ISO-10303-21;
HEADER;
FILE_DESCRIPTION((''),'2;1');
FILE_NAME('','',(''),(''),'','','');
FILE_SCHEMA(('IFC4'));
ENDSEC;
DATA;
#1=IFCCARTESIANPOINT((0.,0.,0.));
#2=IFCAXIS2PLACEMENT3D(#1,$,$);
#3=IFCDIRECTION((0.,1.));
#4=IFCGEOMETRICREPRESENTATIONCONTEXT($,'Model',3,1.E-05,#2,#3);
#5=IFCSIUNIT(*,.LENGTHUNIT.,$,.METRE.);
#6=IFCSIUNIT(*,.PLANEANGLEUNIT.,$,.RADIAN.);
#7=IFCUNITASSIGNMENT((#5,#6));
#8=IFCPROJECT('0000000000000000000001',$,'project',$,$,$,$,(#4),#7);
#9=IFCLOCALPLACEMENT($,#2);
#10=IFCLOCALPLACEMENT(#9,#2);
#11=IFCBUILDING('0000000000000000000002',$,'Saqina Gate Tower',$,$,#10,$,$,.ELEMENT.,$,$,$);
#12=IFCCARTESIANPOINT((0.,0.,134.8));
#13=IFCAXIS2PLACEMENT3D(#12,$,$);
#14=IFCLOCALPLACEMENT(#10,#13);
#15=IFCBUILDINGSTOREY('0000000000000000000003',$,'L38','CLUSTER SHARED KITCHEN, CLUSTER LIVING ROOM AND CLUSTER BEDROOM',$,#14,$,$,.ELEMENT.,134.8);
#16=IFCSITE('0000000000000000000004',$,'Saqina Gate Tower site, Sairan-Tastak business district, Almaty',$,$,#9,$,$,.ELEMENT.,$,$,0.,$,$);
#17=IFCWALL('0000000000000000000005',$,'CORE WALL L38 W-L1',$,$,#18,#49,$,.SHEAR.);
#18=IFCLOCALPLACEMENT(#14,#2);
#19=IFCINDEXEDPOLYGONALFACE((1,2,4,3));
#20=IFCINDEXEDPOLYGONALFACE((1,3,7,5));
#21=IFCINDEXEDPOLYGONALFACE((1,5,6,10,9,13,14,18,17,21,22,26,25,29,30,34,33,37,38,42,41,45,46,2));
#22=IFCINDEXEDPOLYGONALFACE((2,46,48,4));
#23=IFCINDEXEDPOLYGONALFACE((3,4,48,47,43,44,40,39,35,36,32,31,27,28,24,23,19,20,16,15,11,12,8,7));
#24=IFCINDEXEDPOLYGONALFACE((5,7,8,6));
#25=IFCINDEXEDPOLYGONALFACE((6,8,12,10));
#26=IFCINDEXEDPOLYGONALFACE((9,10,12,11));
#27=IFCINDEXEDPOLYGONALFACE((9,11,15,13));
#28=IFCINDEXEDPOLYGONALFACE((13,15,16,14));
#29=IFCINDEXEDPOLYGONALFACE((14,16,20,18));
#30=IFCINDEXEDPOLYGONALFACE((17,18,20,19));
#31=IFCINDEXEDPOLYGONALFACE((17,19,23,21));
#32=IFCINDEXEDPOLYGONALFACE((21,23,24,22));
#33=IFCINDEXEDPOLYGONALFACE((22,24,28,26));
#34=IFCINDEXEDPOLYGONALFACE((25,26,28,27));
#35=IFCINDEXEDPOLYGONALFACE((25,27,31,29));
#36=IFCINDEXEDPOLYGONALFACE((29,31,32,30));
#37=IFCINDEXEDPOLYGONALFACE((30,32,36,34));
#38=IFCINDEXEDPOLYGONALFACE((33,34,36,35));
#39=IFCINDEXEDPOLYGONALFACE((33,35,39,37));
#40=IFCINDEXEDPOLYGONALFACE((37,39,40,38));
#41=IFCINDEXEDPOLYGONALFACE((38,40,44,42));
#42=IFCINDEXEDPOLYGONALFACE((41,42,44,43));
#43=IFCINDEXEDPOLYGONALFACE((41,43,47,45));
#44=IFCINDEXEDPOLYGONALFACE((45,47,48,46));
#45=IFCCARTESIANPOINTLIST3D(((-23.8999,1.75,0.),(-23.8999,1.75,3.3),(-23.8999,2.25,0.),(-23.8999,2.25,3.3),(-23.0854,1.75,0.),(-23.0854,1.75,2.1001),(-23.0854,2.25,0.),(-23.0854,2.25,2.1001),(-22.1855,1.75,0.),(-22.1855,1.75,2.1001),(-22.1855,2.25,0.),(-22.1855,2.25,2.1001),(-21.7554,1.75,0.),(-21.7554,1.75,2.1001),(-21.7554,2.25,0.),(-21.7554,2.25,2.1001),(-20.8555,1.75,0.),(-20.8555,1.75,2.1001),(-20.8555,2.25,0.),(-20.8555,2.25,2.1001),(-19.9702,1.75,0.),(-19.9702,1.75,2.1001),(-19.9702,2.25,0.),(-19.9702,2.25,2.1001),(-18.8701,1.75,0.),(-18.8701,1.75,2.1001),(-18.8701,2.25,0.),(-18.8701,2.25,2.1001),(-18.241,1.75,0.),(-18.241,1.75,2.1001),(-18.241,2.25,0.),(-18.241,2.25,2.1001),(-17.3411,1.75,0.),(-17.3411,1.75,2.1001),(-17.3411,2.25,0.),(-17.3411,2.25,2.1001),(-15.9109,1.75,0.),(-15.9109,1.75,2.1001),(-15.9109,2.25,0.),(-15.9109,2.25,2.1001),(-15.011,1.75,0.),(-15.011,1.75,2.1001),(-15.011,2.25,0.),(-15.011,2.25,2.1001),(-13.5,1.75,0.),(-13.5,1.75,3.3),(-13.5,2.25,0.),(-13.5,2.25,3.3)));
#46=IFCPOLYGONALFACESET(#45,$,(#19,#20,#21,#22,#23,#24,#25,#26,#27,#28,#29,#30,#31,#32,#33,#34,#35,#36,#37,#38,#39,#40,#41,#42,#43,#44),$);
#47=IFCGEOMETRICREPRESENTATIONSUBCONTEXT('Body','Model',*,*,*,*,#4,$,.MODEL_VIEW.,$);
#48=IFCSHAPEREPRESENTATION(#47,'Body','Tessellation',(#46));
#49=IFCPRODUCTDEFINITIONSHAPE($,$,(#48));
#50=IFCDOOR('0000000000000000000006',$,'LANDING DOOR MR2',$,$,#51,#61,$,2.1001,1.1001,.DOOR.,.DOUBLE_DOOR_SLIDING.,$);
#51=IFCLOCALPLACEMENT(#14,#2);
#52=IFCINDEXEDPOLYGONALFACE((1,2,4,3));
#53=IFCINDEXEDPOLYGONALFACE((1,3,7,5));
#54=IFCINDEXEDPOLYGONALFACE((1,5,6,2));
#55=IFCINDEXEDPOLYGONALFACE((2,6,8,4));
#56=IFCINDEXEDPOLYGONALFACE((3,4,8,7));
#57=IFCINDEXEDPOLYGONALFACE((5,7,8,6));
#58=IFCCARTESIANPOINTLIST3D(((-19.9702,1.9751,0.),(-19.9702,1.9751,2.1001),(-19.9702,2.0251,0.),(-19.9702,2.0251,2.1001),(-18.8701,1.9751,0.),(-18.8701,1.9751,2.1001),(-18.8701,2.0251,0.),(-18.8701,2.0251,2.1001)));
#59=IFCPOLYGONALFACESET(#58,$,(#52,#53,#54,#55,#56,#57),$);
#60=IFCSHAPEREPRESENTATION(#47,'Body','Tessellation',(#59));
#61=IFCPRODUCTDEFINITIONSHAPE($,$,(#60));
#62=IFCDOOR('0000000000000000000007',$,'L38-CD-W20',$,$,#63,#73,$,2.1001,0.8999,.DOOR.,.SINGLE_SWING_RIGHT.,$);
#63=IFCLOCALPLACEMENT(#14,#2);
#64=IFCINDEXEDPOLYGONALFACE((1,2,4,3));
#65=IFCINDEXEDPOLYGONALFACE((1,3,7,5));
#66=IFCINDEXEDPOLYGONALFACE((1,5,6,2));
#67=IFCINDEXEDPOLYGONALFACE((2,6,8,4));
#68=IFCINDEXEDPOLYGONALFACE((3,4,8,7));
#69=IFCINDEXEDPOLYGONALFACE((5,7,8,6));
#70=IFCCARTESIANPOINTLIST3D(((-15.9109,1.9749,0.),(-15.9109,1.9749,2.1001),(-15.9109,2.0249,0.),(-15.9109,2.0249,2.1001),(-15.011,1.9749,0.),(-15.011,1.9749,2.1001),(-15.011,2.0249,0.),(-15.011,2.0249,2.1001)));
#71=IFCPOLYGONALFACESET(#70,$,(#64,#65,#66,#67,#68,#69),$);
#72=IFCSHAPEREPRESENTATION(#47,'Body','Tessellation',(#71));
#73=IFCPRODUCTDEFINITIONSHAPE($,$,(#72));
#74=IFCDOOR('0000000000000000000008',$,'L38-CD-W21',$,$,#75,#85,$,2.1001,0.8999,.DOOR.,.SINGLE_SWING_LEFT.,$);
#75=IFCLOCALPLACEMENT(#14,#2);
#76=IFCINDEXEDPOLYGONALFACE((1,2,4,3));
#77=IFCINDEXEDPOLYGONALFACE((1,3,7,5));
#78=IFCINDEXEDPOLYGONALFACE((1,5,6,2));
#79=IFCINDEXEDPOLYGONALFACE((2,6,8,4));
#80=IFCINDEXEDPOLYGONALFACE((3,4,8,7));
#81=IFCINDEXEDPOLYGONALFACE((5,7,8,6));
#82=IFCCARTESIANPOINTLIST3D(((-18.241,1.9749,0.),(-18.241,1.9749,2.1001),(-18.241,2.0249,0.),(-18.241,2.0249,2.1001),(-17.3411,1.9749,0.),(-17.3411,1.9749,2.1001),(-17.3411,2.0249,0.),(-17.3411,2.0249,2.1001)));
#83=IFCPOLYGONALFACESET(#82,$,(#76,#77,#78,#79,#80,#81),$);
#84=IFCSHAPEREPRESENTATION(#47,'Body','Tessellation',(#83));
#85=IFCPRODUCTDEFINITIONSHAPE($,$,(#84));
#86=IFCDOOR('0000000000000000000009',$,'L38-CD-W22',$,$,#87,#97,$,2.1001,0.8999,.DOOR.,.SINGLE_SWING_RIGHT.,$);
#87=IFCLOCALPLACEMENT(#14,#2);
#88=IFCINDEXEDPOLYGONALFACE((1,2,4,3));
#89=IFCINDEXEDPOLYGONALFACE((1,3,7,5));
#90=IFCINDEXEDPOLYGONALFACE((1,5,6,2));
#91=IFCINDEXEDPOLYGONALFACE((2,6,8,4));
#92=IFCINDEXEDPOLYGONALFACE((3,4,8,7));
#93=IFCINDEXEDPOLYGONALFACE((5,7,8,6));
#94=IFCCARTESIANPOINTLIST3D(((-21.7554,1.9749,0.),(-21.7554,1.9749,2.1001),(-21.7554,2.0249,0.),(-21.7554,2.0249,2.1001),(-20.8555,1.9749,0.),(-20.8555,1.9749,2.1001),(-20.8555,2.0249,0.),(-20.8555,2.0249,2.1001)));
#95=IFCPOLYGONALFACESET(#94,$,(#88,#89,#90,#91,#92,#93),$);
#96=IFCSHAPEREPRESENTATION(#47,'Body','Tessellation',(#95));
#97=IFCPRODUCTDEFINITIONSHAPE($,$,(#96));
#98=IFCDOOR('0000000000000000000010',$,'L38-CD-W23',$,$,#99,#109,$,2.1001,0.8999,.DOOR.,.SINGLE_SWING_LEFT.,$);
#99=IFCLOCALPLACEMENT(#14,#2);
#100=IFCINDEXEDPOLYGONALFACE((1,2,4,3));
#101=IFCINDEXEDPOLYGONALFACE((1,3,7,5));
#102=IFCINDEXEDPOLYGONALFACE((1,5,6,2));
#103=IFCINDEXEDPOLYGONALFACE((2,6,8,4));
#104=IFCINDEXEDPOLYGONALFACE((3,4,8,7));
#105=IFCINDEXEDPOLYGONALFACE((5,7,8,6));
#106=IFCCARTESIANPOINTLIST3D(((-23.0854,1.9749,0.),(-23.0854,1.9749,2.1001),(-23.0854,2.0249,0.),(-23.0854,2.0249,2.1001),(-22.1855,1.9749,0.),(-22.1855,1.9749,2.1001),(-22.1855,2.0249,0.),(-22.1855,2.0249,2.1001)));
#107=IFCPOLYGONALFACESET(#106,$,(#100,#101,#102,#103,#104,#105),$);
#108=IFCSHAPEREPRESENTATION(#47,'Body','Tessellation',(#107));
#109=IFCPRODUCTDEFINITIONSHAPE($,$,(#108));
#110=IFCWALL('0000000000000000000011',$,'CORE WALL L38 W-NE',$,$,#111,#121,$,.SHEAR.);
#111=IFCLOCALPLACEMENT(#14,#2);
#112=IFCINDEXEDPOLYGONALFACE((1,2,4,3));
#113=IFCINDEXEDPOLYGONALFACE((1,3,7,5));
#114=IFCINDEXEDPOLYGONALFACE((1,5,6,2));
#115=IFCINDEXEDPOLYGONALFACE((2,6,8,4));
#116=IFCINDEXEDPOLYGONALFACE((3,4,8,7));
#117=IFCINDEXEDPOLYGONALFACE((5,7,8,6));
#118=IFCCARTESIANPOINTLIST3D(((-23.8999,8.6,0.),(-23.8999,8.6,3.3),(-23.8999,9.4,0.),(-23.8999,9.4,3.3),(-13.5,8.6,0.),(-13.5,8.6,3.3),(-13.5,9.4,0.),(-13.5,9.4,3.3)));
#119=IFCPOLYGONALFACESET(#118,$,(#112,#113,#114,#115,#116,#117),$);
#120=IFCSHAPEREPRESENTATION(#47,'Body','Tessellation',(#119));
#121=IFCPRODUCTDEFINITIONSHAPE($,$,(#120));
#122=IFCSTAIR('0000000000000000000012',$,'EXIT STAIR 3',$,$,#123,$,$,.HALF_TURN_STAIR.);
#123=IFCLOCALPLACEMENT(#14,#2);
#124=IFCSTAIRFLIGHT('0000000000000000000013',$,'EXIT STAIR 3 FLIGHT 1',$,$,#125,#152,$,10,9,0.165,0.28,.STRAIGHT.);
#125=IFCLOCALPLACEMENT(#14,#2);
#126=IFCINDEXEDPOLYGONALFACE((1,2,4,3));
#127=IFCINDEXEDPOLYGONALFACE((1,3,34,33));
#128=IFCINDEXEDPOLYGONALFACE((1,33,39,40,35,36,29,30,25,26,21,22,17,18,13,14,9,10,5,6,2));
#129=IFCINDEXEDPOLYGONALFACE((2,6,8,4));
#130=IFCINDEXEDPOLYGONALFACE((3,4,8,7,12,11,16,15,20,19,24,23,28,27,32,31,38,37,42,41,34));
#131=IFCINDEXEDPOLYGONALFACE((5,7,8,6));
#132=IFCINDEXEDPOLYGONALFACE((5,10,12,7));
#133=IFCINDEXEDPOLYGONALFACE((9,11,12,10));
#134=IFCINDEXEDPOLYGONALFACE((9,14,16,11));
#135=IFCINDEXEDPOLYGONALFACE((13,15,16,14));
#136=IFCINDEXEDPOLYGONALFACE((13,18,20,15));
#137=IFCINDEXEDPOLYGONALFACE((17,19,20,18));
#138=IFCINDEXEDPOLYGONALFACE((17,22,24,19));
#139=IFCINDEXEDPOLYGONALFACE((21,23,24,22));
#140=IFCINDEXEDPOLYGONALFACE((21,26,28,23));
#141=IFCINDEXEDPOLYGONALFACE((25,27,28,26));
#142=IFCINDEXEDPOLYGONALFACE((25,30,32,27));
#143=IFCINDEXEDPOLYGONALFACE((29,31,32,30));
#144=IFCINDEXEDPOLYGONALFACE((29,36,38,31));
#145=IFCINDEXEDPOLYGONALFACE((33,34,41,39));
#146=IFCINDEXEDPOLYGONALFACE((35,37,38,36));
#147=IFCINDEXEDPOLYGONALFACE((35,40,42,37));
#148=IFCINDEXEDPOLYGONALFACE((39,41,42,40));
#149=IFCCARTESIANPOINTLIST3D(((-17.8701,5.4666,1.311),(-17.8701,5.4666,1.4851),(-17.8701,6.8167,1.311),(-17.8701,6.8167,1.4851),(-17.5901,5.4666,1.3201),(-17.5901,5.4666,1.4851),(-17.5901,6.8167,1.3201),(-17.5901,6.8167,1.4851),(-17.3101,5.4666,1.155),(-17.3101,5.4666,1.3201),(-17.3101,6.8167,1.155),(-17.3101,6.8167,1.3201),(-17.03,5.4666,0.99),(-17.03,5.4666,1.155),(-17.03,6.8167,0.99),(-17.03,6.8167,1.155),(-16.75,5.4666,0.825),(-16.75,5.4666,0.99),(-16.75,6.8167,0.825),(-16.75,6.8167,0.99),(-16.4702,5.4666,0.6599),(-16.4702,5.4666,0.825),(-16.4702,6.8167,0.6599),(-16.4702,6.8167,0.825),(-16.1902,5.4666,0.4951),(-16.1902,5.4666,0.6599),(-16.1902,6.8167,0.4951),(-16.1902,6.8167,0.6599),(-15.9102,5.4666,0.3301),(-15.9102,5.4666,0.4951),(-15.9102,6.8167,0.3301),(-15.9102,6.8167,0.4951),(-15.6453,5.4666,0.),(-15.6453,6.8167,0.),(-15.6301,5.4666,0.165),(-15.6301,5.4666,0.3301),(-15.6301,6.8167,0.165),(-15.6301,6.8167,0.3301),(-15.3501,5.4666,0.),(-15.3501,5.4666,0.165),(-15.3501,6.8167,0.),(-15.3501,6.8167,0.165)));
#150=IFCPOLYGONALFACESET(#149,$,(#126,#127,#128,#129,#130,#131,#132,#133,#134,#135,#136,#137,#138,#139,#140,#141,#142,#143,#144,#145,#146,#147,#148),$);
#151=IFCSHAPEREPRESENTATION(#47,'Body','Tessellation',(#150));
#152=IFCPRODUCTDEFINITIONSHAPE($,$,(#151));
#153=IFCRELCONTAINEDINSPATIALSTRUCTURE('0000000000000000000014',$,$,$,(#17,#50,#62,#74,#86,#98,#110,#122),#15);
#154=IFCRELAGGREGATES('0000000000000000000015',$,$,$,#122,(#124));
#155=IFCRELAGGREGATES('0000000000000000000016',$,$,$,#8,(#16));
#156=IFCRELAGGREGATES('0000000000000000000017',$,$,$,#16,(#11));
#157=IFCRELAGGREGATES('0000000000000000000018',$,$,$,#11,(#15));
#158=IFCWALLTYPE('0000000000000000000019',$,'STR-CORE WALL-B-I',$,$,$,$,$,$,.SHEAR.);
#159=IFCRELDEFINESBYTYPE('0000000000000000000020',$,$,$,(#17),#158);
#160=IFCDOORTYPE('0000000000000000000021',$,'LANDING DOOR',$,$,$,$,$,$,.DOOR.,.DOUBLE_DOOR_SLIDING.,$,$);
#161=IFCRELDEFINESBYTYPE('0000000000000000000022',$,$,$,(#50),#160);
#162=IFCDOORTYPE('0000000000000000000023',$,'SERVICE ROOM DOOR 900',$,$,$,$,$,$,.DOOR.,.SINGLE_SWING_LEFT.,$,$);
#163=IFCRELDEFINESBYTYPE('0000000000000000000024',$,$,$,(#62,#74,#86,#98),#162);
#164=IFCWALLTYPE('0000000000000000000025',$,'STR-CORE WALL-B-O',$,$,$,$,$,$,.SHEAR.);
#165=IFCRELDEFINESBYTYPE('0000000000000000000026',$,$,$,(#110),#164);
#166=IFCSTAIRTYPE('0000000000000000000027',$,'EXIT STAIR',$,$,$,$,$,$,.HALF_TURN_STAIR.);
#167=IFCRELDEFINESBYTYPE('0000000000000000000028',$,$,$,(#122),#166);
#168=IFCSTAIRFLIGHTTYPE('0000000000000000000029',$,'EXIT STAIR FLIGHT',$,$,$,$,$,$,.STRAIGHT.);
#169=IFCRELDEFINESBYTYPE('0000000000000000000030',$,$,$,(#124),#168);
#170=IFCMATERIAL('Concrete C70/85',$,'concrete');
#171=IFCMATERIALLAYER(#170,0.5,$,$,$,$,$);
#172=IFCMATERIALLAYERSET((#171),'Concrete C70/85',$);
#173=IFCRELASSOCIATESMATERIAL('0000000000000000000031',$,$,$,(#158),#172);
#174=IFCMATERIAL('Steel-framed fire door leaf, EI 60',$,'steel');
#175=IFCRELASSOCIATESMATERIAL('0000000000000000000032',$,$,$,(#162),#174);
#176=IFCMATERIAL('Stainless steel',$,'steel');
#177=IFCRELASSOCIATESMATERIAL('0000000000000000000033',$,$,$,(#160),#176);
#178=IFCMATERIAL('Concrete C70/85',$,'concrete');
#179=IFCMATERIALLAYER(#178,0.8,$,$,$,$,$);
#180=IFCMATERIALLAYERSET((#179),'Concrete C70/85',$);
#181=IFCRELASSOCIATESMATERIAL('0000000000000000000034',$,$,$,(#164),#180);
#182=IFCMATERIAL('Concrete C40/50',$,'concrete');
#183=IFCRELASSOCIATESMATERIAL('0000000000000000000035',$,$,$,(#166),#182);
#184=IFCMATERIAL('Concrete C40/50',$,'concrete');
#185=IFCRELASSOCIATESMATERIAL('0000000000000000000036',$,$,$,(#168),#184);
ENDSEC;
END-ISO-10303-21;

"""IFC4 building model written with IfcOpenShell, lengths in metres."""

from ifc_helpers import new_model, si_unit, direction, frame, frame_2d, origin, place, context, subcontext, project, spatial, polyline, rectangle, outline, extrude, material, layer, layer_set, type_object, element, fill, aggregate, save


model = new_model("IFC4")

# Units and contexts
model_context = context("Model", 3, precision=1e-05, world=origin(), true_north=direction((0.0, 1.0)))
body_context = subcontext(model_context, "Body", "Model", "MODEL_VIEW")
ifc_project = project(units=[si_unit("LENGTHUNIT", "METRE"), si_unit("PLANEANGLEUNIT", "RADIAN")], contexts=[model_context])

# Site, building, storey
site_placement = place(None, origin())
site = spatial("IfcSite", under=ifc_project, at=site_placement, Name="Saqina Gate Tower site, Sairan-Tastak business district, Almaty", CompositionType="ELEMENT", RefElevation=0.0)
building_placement = place(site_placement, origin())
building = spatial("IfcBuilding", under=site, at=building_placement, Name="Saqina Gate Tower", CompositionType="ELEMENT")
storey_placement = place(building_placement, frame((0.0, 0.0, 134.8)))
storey = spatial("IfcBuildingStorey", under=building, at=storey_placement, Name="L38", Description="CLUSTER SHARED KITCHEN, CLUSTER LIVING ROOM AND CLUSTER BEDROOM", CompositionType="ELEMENT", Elevation=134.8)

# Shared definitions
ifc_material_1 = material(Name="Concrete C70/85", Category="concrete")
ifc_layer_1 = layer(ifc_material_1, 0.5)
ifc_layer_set_1 = layer_set([ifc_layer_1], Name="Concrete C70/85")
wall_type_1 = type_object("IfcWallType", Name="STR-CORE WALL-B-I", PredefinedType="SHEAR", material=ifc_layer_set_1)
ifc_material_2 = material(Name="Steel-framed fire door leaf, EI 60", Category="steel")
door_type_1 = type_object("IfcDoorType", Name="SERVICE ROOM DOOR 900", OperationType="SINGLE_SWING_LEFT", PredefinedType="DOOR", material=ifc_material_2)

# Wall, openings, doors
wall_1_placement = place(storey_placement, frame((-13.5, 2.0, 0.0), z_axis=(0.0, 0.0, 1.0), x_axis=(-1.0, 0.0, 0.0)))
wall_1 = element("IfcWall", 1, at=wall_1_placement, inside=storey, type_object=wall_type_1, Name="CORE WALL L38 W-L1", PredefinedType="SHEAR", context=body_context, shape_type="SweptSolid", body=[
    extrude(rectangle(XDim=10.3999, YDim=0.5, at=frame_2d((5.2, 0.0))), origin(), (0.0, 0.0, 1.0), 3.3),
])
opening_1_placement = place(wall_1_placement, frame((5.3701, 0.0, 0.0)))
opening_1 = element("IfcOpeningElement", 2, at=opening_1_placement, cuts=wall_1, PredefinedType="OPENING", context=body_context, shape_type="SweptSolid", body=[
    extrude(rectangle(XDim=1.1001, YDim=2.1001, at=frame_2d((0.55, 1.05))), frame((0.0, 0.262, 0.0), z_axis=(0.0, -1.0, 0.0), x_axis=(1.0, 0.0, 0.0)), (0.0, 0.0, 1.0), 0.5239),
])
opening_2_placement = place(wall_1_placement, frame((1.511, 0.0, 0.0)))
opening_2 = element("IfcOpeningElement", 3, at=opening_2_placement, cuts=wall_1, PredefinedType="OPENING", context=body_context, shape_type="SweptSolid", body=[
    extrude(rectangle(XDim=0.8999, YDim=2.1001, at=frame_2d((0.45, 1.05))), frame((0.0, 0.262, 0.0), z_axis=(0.0, -1.0, 0.0), x_axis=(1.0, 0.0, 0.0)), (0.0, 0.0, 1.0), 0.5239),
])
opening_3_placement = place(wall_1_placement, frame((3.8411, 0.0, 0.0)))
opening_3 = element("IfcOpeningElement", 4, at=opening_3_placement, cuts=wall_1, PredefinedType="OPENING", context=body_context, shape_type="SweptSolid", body=[
    extrude(rectangle(XDim=0.8999, YDim=2.1001, at=frame_2d((0.45, 1.05))), frame((0.0, 0.262, 0.0), z_axis=(0.0, -1.0, 0.0), x_axis=(1.0, 0.0, 0.0)), (0.0, 0.0, 1.0), 0.5239),
])
opening_4_placement = place(wall_1_placement, frame((7.3555, 0.0, 0.0)))
opening_4 = element("IfcOpeningElement", 5, at=opening_4_placement, cuts=wall_1, PredefinedType="OPENING", context=body_context, shape_type="SweptSolid", body=[
    extrude(rectangle(XDim=0.8999, YDim=2.1001, at=frame_2d((0.45, 1.05))), frame((0.0, 0.262, 0.0), z_axis=(0.0, -1.0, 0.0), x_axis=(1.0, 0.0, 0.0)), (0.0, 0.0, 1.0), 0.5239),
])
opening_5_placement = place(wall_1_placement, frame((8.6855, 0.0, 0.0)))
opening_5 = element("IfcOpeningElement", 6, at=opening_5_placement, cuts=wall_1, PredefinedType="OPENING", context=body_context, shape_type="SweptSolid", body=[
    extrude(rectangle(XDim=0.8999, YDim=2.1001, at=frame_2d((0.45, 1.05))), frame((0.0, 0.262, 0.0), z_axis=(0.0, -1.0, 0.0), x_axis=(1.0, 0.0, 0.0)), (0.0, 0.0, 1.0), 0.5239),
])
ifc_material_3 = material(Name="Stainless steel", Category="steel")
door_type_2 = type_object("IfcDoorType", Name="LANDING DOOR", OperationType="DOUBLE_DOOR_SLIDING", PredefinedType="DOOR", material=ifc_material_3)
door_1_placement = place(opening_1_placement, origin())
door_1 = element("IfcDoor", 7, at=door_1_placement, inside=storey, type_object=door_type_2, Name="LANDING DOOR MR2", OperationType="DOUBLE_DOOR_SLIDING", OverallHeight=2.1001, OverallWidth=1.1001, PredefinedType="DOOR", context=body_context, shape_type="SweptSolid", body=[
    extrude(rectangle(XDim=1.1001, YDim=2.1001, at=frame_2d((0.55, 1.05))), frame((0.0, 0.0249, 0.0), z_axis=(0.0, -1.0, 0.0), x_axis=(1.0, 0.0, 0.0)), (0.0, 0.0, 1.0), 0.05),
])
fill(opening_1, door_1)
door_2_placement = place(opening_2_placement, frame((0.8999, 0.0, 0.0), z_axis=(0.0, 0.0, 1.0), x_axis=(-1.0, 0.0, 0.0)))
door_2 = element("IfcDoor", 8, at=door_2_placement, inside=storey, type_object=door_type_1, Name="L38-CD-W20", OperationType="SINGLE_SWING_RIGHT", OverallHeight=2.1001, OverallWidth=0.8999, PredefinedType="DOOR", context=body_context, shape_type="SweptSolid", body=[
    extrude(rectangle(XDim=0.8999, YDim=2.1001, at=frame_2d((0.45, 1.05))), frame((0.0, 0.0249, 0.0), z_axis=(0.0, -1.0, 0.0), x_axis=(1.0, 0.0, 0.0)), (0.0, 0.0, 1.0), 0.05),
])
fill(opening_2, door_2)
door_3_placement = place(opening_3_placement, frame((0.8999, 0.0, 0.0), z_axis=(0.0, 0.0, 1.0), x_axis=(-1.0, 0.0, 0.0)))
door_3 = element("IfcDoor", 9, at=door_3_placement, inside=storey, type_object=door_type_1, Name="L38-CD-W21", OperationType="SINGLE_SWING_LEFT", OverallHeight=2.1001, OverallWidth=0.8999, PredefinedType="DOOR", context=body_context, shape_type="SweptSolid", body=[
    extrude(rectangle(XDim=0.8999, YDim=2.1001, at=frame_2d((0.45, 1.05))), frame((0.0, 0.0249, 0.0), z_axis=(0.0, -1.0, 0.0), x_axis=(1.0, 0.0, 0.0)), (0.0, 0.0, 1.0), 0.05),
])
fill(opening_3, door_3)
door_4_placement = place(opening_4_placement, frame((0.8999, 0.0, 0.0), z_axis=(0.0, 0.0, 1.0), x_axis=(-1.0, 0.0, 0.0)))
door_4 = element("IfcDoor", 10, at=door_4_placement, inside=storey, type_object=door_type_1, Name="L38-CD-W22", OperationType="SINGLE_SWING_RIGHT", OverallHeight=2.1001, OverallWidth=0.8999, PredefinedType="DOOR", context=body_context, shape_type="SweptSolid", body=[
    extrude(rectangle(XDim=0.8999, YDim=2.1001, at=frame_2d((0.45, 1.05))), frame((0.0, 0.0249, 0.0), z_axis=(0.0, -1.0, 0.0), x_axis=(1.0, 0.0, 0.0)), (0.0, 0.0, 1.0), 0.05),
])
fill(opening_4, door_4)
door_5_placement = place(opening_5_placement, frame((0.8999, 0.0, 0.0), z_axis=(0.0, 0.0, 1.0), x_axis=(-1.0, 0.0, 0.0)))
door_5 = element("IfcDoor", 11, at=door_5_placement, inside=storey, type_object=door_type_1, Name="L38-CD-W23", OperationType="SINGLE_SWING_LEFT", OverallHeight=2.1001, OverallWidth=0.8999, PredefinedType="DOOR", context=body_context, shape_type="SweptSolid", body=[
    extrude(rectangle(XDim=0.8999, YDim=2.1001, at=frame_2d((0.45, 1.05))), frame((0.0, 0.0249, 0.0), z_axis=(0.0, -1.0, 0.0), x_axis=(1.0, 0.0, 0.0)), (0.0, 0.0, 1.0), 0.05),
])
fill(opening_5, door_5)

# Wall
ifc_material_4 = material(Name="Concrete C70/85", Category="concrete")
ifc_layer_2 = layer(ifc_material_4, 0.8)
ifc_layer_set_2 = layer_set([ifc_layer_2], Name="Concrete C70/85")
wall_type_2 = type_object("IfcWallType", Name="STR-CORE WALL-B-O", PredefinedType="SHEAR", material=ifc_layer_set_2)
wall_2_placement = place(storey_placement, frame((-13.5, 9.0, 0.0), z_axis=(0.0, 0.0, 1.0), x_axis=(-1.0, 0.0, 0.0)))
element("IfcWall", 12, at=wall_2_placement, inside=storey, type_object=wall_type_2, Name="CORE WALL L38 W-NE", PredefinedType="SHEAR", context=body_context, shape_type="SweptSolid", body=[
    extrude(rectangle(XDim=10.3999, YDim=0.8, at=frame_2d((5.2, 0.0))), origin(), (0.0, 0.0, 1.0), 3.3),
])

# Stair, stair flight
ifc_material_5 = material(Name="Concrete C40/50", Category="concrete")
stair_type = type_object("IfcStairType", Name="EXIT STAIR", PredefinedType="HALF_TURN_STAIR", material=ifc_material_5)
stair_placement = place(storey_placement, origin())
stair = element("IfcStair", 13, at=stair_placement, inside=storey, type_object=stair_type, Name="EXIT STAIR 3", PredefinedType="HALF_TURN_STAIR")
ifc_material_6 = material(Name="Concrete C40/50", Category="concrete")
stair_flight_type = type_object("IfcStairFlightType", Name="EXIT STAIR FLIGHT", PredefinedType="STRAIGHT", material=ifc_material_6)
stair_flight_1_placement = place(storey_placement, frame((-15.3501, 6.1416, 0.0), z_axis=(0.0, 0.0, 1.0), x_axis=(-1.0, 0.0, 0.0)))
stair_flight_1 = element("IfcStairFlight", 14, at=stair_flight_1_placement, type_object=stair_flight_type, Name="EXIT STAIR 3 FLIGHT 1", NumberOfRisers=10, NumberOfTreads=9, PredefinedType="STRAIGHT", RiserHeight=0.165, TreadLength=0.28, context=body_context, shape_type="SweptSolid", body=[
    extrude(outline(polyline([(0.0, 0.0), (0.0, 0.165), (0.28, 0.165), (0.28, 0.3301), (0.5601, 0.3301), (0.5601, 0.4951), (0.8401, 0.4951), (0.8401, 0.6599), (1.1201, 0.6599), (1.1201, 0.825), (1.3999, 0.825), (1.3999, 0.99), (1.6799, 0.99), (1.6799, 1.155), (1.96, 1.155), (1.96, 1.3201), (2.24, 1.3201), (2.24, 1.4851), (2.52, 1.4851), (2.52, 1.6499), (2.52, 1.311), (0.2952, 0.0), (0.0, 0.0)])), frame((0.0, 0.675, 0.0), z_axis=(0.0, -1.0, 0.0), x_axis=(1.0, 0.0, 0.0)), (0.0, 0.0, 1.0), 1.3501),
])
aggregate(stair, [stair_flight_1])

save(model, "model.ifc")
